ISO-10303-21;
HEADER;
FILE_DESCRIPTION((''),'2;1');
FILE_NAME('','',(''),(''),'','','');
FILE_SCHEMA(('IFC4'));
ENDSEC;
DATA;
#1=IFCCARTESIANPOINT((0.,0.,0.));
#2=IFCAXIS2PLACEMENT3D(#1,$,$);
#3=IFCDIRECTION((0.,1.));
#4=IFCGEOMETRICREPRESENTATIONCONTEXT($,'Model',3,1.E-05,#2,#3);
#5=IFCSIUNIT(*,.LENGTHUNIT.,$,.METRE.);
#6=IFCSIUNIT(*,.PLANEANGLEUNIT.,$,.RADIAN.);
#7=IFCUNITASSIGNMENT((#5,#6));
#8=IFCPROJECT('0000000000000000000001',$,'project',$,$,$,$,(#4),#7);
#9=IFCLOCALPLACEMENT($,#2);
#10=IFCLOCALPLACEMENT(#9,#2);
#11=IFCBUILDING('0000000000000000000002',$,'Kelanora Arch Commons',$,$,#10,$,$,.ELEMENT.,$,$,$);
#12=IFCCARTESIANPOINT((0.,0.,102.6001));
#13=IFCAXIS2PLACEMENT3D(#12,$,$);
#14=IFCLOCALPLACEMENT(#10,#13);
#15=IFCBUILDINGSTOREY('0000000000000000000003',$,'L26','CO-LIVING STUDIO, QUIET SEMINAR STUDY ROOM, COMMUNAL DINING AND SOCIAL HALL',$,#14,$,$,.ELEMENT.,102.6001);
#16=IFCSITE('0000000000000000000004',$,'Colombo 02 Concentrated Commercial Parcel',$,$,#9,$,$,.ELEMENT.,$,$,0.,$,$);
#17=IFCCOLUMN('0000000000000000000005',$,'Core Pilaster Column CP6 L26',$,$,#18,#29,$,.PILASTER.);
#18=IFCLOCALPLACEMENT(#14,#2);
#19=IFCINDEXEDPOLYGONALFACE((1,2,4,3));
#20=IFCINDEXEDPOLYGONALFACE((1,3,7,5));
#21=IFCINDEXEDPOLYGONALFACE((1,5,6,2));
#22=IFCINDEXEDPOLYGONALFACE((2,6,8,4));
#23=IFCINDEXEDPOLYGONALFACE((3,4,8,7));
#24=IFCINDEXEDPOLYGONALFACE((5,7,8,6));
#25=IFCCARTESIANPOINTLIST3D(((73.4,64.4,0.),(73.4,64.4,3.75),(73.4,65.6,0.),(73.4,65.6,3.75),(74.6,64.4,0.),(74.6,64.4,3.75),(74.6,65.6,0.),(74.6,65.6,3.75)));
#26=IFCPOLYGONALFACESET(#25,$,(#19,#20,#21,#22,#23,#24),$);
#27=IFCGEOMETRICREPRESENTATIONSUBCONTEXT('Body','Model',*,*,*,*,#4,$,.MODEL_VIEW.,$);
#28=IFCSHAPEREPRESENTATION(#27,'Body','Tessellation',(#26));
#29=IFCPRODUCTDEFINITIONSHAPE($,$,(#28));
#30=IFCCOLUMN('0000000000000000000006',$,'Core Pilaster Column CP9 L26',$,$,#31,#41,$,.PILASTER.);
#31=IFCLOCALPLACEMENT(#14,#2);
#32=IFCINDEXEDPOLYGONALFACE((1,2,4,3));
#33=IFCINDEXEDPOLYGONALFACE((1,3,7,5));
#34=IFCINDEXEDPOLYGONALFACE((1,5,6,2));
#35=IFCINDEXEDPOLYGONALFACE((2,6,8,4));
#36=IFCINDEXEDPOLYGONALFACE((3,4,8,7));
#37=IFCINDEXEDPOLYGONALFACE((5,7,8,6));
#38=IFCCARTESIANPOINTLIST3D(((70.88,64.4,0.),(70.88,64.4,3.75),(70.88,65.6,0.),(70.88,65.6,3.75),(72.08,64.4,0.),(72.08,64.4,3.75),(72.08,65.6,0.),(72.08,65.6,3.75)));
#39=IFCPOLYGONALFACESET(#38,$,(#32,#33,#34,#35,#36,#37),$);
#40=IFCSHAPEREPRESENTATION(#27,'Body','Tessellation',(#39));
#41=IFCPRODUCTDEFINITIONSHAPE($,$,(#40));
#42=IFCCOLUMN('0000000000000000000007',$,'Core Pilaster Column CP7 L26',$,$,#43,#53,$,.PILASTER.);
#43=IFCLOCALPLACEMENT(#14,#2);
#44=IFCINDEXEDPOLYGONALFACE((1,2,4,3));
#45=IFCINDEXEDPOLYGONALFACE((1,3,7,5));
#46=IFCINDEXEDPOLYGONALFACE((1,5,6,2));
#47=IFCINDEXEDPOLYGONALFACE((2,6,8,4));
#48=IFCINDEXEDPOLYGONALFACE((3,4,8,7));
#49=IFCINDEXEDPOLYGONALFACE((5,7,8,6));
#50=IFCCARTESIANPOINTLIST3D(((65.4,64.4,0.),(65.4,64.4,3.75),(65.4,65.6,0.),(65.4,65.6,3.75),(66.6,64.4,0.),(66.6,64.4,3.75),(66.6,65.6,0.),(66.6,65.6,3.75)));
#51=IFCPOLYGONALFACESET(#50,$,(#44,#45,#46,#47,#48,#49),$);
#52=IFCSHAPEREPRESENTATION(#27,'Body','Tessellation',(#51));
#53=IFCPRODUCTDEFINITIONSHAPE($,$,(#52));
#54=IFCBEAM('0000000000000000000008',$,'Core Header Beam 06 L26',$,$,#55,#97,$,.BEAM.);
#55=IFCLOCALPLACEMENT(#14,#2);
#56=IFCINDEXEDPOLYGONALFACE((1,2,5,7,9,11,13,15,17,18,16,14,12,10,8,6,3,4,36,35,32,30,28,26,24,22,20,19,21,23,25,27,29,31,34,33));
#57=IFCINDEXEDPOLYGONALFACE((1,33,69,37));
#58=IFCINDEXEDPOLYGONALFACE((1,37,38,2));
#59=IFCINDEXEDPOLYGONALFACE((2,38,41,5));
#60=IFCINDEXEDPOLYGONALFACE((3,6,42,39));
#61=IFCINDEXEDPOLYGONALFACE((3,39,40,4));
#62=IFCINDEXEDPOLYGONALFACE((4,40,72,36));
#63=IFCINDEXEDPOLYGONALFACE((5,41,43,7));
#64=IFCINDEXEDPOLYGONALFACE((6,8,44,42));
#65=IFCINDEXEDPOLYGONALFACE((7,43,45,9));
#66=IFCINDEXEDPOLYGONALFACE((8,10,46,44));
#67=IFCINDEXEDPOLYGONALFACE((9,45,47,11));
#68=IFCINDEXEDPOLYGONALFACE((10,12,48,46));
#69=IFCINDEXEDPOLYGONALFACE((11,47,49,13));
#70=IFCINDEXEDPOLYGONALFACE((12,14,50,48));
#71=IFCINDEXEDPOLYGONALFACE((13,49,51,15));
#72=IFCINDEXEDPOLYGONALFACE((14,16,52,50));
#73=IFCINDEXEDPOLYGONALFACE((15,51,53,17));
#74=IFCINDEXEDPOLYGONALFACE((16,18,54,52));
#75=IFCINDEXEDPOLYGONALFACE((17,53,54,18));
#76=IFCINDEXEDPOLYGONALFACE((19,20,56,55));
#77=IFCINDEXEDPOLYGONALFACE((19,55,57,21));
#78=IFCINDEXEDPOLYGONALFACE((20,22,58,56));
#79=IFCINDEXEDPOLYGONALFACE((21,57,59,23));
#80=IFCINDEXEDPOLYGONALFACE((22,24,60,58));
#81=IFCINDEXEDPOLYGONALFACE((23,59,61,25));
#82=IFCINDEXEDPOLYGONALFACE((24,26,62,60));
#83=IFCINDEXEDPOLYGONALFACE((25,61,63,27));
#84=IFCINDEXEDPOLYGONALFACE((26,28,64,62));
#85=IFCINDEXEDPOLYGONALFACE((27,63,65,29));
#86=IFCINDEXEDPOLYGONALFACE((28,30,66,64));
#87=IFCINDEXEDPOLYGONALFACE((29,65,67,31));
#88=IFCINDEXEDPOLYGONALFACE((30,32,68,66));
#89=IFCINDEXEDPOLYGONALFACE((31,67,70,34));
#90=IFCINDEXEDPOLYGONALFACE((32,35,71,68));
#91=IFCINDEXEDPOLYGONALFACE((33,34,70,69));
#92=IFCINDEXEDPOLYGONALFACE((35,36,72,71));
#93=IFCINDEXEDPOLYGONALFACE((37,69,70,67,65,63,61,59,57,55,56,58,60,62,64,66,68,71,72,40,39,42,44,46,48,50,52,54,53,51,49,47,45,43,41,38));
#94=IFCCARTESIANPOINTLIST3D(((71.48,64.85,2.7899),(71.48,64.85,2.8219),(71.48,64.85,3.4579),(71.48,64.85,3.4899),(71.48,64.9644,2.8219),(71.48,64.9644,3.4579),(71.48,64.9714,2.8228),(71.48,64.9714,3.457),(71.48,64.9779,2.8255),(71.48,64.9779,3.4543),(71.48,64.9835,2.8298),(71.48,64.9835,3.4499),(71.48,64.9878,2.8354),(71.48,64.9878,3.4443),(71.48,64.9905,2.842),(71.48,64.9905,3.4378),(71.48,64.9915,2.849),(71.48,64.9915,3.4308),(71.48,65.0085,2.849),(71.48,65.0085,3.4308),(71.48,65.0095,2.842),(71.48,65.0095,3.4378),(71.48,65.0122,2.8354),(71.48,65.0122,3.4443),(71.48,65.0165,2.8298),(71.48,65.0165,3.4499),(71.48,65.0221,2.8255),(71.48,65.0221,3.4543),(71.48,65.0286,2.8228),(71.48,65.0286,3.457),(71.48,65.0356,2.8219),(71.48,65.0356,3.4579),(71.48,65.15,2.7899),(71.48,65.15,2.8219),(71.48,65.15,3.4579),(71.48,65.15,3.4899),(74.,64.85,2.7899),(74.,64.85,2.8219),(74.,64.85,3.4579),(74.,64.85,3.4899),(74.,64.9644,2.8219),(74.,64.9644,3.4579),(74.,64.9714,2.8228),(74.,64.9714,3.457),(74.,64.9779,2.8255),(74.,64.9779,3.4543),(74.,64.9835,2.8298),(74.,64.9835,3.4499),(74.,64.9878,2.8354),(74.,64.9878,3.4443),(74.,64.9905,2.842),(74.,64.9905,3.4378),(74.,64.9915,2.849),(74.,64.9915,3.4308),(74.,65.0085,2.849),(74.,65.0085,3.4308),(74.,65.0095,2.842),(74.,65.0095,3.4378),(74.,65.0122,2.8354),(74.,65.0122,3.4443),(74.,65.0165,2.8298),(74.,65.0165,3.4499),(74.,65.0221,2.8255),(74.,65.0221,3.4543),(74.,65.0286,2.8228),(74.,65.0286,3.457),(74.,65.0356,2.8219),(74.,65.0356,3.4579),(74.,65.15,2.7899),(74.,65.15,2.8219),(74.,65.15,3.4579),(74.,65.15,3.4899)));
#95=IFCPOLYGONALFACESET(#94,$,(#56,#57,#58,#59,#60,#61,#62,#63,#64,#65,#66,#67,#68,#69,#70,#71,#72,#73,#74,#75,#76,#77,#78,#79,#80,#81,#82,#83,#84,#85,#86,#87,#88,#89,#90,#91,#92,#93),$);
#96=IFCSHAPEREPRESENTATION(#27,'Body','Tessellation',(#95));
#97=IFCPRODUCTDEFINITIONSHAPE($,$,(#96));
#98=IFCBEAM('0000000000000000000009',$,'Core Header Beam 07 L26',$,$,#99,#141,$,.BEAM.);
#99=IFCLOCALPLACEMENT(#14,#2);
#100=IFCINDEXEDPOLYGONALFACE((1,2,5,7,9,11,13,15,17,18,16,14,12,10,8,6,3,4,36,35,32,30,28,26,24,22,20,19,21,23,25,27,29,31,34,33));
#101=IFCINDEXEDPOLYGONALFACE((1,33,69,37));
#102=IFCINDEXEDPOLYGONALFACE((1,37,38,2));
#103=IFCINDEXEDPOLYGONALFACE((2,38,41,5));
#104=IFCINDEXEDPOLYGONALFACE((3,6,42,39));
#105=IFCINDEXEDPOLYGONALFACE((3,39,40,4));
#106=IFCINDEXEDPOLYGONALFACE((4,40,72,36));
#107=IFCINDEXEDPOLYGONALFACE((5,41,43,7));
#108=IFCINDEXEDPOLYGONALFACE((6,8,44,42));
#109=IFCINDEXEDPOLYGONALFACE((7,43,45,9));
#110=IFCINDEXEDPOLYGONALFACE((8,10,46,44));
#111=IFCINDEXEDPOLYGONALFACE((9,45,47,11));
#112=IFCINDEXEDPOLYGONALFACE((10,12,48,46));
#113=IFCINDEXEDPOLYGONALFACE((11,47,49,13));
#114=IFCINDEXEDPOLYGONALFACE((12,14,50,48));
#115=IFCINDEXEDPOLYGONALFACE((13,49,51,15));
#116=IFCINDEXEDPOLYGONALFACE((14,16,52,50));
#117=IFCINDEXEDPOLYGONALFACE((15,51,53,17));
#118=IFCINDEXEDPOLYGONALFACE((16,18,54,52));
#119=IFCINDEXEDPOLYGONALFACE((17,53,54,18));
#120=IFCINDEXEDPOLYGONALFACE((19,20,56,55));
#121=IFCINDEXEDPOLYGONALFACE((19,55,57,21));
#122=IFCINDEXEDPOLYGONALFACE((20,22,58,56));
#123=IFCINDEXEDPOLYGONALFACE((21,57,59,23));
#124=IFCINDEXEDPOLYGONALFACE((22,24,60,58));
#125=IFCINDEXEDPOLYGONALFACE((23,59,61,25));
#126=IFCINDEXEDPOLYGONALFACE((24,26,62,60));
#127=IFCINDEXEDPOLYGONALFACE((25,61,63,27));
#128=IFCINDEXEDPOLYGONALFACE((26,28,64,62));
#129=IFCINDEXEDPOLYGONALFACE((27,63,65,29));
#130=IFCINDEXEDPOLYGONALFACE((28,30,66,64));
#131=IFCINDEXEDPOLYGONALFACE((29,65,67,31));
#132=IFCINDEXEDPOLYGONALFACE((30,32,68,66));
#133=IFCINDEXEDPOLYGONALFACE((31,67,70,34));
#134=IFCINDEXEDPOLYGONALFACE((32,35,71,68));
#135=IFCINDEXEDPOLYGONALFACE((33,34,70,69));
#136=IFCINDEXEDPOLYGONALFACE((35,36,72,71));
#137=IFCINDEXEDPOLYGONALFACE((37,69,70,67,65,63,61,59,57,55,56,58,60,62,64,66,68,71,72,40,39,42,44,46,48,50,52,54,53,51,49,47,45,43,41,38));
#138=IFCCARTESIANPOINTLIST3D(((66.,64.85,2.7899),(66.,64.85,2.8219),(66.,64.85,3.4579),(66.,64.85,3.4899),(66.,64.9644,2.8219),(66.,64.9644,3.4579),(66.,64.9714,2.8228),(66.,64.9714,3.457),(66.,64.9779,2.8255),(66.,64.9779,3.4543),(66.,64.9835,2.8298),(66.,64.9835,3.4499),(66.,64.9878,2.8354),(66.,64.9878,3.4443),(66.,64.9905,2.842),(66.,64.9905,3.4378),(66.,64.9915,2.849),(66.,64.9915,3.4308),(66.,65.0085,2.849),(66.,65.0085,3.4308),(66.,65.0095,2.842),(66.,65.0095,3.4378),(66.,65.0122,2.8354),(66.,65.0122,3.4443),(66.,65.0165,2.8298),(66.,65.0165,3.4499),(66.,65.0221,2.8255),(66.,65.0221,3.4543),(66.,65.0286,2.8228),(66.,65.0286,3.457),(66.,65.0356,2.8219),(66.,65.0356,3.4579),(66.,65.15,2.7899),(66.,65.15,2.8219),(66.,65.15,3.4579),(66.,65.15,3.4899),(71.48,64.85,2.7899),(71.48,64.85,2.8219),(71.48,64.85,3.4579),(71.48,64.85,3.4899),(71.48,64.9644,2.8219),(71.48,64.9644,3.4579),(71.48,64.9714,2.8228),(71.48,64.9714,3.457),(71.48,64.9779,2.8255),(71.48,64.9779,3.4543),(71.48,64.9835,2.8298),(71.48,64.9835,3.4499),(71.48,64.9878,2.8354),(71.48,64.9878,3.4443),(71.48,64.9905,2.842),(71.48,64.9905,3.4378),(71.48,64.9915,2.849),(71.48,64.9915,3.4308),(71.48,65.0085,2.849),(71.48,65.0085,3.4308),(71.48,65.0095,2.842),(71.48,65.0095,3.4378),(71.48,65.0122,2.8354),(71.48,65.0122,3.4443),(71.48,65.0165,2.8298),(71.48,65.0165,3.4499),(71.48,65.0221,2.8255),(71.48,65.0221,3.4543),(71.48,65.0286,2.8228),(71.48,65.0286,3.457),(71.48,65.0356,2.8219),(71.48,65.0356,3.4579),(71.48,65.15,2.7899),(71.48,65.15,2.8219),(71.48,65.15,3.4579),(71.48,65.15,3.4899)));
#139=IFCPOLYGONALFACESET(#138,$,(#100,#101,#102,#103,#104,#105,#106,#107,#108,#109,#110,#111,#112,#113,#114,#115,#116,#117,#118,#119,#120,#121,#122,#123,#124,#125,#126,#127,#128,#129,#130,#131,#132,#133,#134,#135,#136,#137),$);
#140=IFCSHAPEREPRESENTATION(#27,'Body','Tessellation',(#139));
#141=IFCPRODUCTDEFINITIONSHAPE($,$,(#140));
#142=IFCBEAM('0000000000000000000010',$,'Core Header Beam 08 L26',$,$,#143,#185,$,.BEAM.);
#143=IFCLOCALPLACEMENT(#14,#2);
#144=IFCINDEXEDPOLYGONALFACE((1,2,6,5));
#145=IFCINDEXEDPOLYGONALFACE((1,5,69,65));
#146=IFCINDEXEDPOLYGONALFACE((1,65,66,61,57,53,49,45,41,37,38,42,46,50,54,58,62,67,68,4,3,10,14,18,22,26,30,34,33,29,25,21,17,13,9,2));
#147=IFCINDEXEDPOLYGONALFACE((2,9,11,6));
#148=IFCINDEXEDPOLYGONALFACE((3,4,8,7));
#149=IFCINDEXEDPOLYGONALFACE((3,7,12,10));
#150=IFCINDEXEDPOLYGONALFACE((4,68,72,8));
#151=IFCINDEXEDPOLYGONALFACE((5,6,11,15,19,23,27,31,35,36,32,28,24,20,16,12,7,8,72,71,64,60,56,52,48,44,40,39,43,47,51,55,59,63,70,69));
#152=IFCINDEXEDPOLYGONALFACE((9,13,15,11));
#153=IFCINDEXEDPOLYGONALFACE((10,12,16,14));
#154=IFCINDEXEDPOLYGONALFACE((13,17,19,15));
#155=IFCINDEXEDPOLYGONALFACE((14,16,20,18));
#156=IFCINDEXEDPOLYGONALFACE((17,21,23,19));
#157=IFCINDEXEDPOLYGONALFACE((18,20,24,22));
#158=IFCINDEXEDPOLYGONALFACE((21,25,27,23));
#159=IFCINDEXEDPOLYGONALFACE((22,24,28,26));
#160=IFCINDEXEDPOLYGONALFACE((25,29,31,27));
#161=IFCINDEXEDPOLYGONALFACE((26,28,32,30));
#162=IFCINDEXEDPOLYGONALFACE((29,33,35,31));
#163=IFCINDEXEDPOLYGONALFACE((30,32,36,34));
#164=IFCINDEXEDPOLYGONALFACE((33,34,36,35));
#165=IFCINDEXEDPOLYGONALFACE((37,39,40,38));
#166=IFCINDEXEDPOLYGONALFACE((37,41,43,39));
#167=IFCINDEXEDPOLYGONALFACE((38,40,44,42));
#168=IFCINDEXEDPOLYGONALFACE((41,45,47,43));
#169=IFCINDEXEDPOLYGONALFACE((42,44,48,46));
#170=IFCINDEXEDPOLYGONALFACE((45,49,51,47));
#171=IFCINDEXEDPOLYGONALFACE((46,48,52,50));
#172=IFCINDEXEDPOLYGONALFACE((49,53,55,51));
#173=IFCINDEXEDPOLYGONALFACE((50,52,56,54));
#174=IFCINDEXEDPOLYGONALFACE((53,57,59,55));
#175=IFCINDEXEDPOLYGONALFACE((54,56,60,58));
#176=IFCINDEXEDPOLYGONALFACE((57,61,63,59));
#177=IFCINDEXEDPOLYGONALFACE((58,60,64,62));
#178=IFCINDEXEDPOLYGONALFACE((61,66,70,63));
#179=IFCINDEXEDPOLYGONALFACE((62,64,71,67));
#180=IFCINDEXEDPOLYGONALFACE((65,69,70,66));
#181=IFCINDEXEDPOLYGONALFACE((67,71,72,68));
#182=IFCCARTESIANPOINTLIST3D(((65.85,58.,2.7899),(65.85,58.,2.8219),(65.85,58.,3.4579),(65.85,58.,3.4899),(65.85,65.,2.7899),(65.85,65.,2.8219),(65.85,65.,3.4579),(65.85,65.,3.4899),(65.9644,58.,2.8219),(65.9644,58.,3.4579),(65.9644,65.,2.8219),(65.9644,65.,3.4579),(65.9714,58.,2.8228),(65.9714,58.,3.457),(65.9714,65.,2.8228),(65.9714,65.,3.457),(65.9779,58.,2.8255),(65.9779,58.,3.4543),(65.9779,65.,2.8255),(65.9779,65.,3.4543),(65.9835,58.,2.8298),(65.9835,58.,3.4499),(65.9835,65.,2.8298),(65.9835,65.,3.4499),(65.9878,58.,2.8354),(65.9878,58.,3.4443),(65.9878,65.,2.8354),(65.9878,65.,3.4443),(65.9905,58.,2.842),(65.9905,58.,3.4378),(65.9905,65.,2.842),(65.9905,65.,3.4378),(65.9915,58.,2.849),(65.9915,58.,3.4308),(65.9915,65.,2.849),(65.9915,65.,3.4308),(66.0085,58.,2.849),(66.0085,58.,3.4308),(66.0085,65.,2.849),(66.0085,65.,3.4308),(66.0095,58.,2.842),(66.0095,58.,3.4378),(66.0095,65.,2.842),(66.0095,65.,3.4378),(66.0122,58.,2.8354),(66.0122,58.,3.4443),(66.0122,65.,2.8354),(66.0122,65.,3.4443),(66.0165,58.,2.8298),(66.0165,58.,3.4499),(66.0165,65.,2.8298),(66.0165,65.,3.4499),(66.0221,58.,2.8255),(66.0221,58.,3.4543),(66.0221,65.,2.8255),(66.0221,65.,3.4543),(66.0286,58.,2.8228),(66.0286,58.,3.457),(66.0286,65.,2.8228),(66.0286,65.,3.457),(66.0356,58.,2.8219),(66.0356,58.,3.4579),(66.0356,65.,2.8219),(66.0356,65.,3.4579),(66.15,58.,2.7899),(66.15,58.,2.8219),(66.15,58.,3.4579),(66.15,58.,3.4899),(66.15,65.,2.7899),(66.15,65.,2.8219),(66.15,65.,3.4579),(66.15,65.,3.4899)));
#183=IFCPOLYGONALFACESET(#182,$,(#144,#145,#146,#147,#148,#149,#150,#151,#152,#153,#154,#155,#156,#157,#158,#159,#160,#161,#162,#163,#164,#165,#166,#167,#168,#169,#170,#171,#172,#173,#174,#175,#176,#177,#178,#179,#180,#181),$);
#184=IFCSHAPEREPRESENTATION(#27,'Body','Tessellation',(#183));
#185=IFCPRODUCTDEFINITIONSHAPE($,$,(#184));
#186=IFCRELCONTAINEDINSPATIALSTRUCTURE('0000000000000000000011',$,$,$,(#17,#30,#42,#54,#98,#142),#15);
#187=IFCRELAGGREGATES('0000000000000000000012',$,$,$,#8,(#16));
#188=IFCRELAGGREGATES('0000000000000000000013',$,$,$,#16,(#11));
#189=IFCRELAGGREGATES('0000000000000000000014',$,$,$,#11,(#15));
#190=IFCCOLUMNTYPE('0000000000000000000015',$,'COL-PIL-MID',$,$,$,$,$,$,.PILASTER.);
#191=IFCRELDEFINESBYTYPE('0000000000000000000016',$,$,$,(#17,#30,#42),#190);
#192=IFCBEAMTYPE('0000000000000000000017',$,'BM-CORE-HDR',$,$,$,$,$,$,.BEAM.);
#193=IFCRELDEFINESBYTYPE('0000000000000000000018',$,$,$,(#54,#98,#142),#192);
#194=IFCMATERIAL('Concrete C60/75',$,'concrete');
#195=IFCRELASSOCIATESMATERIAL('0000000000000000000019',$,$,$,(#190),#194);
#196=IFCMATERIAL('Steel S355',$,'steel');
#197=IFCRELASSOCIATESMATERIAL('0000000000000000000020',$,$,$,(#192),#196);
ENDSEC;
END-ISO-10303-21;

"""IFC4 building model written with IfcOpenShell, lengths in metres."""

from ifc_helpers import new_model, si_unit, direction, frame, origin, origin_2d, place, context, subcontext, project, spatial, rectangle, i_section, extrude, material, material_profile, profile_set, type_object, element, save


model = new_model("IFC4")

# Units and contexts
model_context = context("Model", 3, precision=1e-05, world=origin(), true_north=direction((0.0, 1.0)))
body_context = subcontext(model_context, "Body", "Model", "MODEL_VIEW")
ifc_project = project(units=[si_unit("LENGTHUNIT", "METRE"), si_unit("PLANEANGLEUNIT", "RADIAN")], contexts=[model_context])

# Site, building, storey
site_placement = place(None, origin())
site = spatial("IfcSite", under=ifc_project, at=site_placement, Name="Colombo 02 Concentrated Commercial Parcel", CompositionType="ELEMENT", RefElevation=0.0)
building_placement = place(site_placement, origin())
building = spatial("IfcBuilding", under=site, at=building_placement, Name="Kelanora Arch Commons", CompositionType="ELEMENT")
storey_placement = place(building_placement, frame((0.0, 0.0, 102.6001)))
storey = spatial("IfcBuildingStorey", under=building, at=storey_placement, Name="L26", Description="CO-LIVING STUDIO, QUIET SEMINAR STUDY ROOM, COMMUNAL DINING AND SOCIAL HALL", CompositionType="ELEMENT", Elevation=102.6001)

# Columns
ifc_material_1 = material(Name="Concrete C60/75", Category="concrete")
ifc_material_profile_1 = material_profile(ifc_material_1, rectangle(XDim=1.2, YDim=1.2, at=origin_2d()), Name="RC1200x1200")
ifc_profile_set_1 = profile_set([ifc_material_profile_1], Name="Concrete C60/75")
column_type = type_object("IfcColumnType", Name="COL-PIL-MID", PredefinedType="PILASTER", material=ifc_profile_set_1)
for number, where, z_axis, x_axis, name in (
    (1, (74.0, 65.0, 0.0), (0.0, 0.0, 1.0), (1.0, 0.0, 0.0), "Core Pilaster Column CP6 L26"),
    (2, (71.48, 65.0, 0.0), (0.0, 0.0, 1.0), (1.0, 0.0, 0.0), "Core Pilaster Column CP9 L26"),
    (3, (66.0, 65.0, 0.0), (0.0, 0.0, 1.0), (1.0, 0.0, 0.0), "Core Pilaster Column CP7 L26"),
):
    element("IfcColumn", number, at=place(storey_placement, frame(where, z_axis=z_axis, x_axis=x_axis)), inside=storey, type_object=column_type, Name=name, PredefinedType="PILASTER", context=body_context, shape_type="SweptSolid", body=[
        extrude(rectangle(XDim=1.2, YDim=1.2, at=origin_2d()), origin(), (0.0, 0.0, 1.0), 3.75),
    ])

# Beams
ifc_material_2 = material(Name="Steel S355", Category="steel")
ifc_material_profile_2 = material_profile(ifc_material_2, i_section(OverallWidth=0.3, OverallDepth=0.7, WebThickness=0.0171, FlangeThickness=0.032, FilletRadius=0.0271, at=origin_2d()), Name="HEB700")
ifc_profile_set_2 = profile_set([ifc_material_profile_2], Name="Steel S355")
beam_type_1 = type_object("IfcBeamType", Name="BM-CORE-HDR", PredefinedType="BEAM", material=ifc_profile_set_2)
beam_1_placement = place(storey_placement, frame((74.0, 65.0, 3.1399), z_axis=(-1.0, 0.0, 0.0), x_axis=(0.0, -1.0, 0.0)))
element("IfcBeam", 4, at=beam_1_placement, inside=storey, type_object=beam_type_1, Name="Core Header Beam 06 L26", PredefinedType="BEAM", context=body_context, shape_type="SweptSolid", body=[
    extrude(i_section(OverallWidth=0.3, OverallDepth=0.7, WebThickness=0.0171, FlangeThickness=0.032, FilletRadius=0.0271, at=origin_2d()), origin(), (0.0, 0.0, 1.0), 2.52),
])
beam_2_placement = place(storey_placement, frame((71.48, 65.0, 3.1399), z_axis=(-1.0, 0.0, 0.0), x_axis=(0.0, -1.0, 0.0)))
element("IfcBeam", 5, at=beam_2_placement, inside=storey, type_object=beam_type_1, Name="Core Header Beam 07 L26", PredefinedType="BEAM", context=body_context, shape_type="SweptSolid", body=[
    extrude(i_section(OverallWidth=0.3, OverallDepth=0.7, WebThickness=0.0171, FlangeThickness=0.032, FilletRadius=0.0271, at=origin_2d()), origin(), (0.0, 0.0, 1.0), 5.48),
])
beam_3_placement = place(storey_placement, frame((66.0, 65.0, 3.1399), z_axis=(0.0, -1.0, 0.0), x_axis=(1.0, 0.0, 0.0)))
element("IfcBeam", 6, at=beam_3_placement, inside=storey, type_object=beam_type_1, Name="Core Header Beam 08 L26", PredefinedType="BEAM", context=body_context, shape_type="SweptSolid", body=[
    extrude(i_section(OverallWidth=0.3, OverallDepth=0.7, WebThickness=0.0171, FlangeThickness=0.032, FilletRadius=0.0271, at=origin_2d()), origin(), (0.0, 0.0, 1.0), 7.0),
])

save(model, "model.ifc")
